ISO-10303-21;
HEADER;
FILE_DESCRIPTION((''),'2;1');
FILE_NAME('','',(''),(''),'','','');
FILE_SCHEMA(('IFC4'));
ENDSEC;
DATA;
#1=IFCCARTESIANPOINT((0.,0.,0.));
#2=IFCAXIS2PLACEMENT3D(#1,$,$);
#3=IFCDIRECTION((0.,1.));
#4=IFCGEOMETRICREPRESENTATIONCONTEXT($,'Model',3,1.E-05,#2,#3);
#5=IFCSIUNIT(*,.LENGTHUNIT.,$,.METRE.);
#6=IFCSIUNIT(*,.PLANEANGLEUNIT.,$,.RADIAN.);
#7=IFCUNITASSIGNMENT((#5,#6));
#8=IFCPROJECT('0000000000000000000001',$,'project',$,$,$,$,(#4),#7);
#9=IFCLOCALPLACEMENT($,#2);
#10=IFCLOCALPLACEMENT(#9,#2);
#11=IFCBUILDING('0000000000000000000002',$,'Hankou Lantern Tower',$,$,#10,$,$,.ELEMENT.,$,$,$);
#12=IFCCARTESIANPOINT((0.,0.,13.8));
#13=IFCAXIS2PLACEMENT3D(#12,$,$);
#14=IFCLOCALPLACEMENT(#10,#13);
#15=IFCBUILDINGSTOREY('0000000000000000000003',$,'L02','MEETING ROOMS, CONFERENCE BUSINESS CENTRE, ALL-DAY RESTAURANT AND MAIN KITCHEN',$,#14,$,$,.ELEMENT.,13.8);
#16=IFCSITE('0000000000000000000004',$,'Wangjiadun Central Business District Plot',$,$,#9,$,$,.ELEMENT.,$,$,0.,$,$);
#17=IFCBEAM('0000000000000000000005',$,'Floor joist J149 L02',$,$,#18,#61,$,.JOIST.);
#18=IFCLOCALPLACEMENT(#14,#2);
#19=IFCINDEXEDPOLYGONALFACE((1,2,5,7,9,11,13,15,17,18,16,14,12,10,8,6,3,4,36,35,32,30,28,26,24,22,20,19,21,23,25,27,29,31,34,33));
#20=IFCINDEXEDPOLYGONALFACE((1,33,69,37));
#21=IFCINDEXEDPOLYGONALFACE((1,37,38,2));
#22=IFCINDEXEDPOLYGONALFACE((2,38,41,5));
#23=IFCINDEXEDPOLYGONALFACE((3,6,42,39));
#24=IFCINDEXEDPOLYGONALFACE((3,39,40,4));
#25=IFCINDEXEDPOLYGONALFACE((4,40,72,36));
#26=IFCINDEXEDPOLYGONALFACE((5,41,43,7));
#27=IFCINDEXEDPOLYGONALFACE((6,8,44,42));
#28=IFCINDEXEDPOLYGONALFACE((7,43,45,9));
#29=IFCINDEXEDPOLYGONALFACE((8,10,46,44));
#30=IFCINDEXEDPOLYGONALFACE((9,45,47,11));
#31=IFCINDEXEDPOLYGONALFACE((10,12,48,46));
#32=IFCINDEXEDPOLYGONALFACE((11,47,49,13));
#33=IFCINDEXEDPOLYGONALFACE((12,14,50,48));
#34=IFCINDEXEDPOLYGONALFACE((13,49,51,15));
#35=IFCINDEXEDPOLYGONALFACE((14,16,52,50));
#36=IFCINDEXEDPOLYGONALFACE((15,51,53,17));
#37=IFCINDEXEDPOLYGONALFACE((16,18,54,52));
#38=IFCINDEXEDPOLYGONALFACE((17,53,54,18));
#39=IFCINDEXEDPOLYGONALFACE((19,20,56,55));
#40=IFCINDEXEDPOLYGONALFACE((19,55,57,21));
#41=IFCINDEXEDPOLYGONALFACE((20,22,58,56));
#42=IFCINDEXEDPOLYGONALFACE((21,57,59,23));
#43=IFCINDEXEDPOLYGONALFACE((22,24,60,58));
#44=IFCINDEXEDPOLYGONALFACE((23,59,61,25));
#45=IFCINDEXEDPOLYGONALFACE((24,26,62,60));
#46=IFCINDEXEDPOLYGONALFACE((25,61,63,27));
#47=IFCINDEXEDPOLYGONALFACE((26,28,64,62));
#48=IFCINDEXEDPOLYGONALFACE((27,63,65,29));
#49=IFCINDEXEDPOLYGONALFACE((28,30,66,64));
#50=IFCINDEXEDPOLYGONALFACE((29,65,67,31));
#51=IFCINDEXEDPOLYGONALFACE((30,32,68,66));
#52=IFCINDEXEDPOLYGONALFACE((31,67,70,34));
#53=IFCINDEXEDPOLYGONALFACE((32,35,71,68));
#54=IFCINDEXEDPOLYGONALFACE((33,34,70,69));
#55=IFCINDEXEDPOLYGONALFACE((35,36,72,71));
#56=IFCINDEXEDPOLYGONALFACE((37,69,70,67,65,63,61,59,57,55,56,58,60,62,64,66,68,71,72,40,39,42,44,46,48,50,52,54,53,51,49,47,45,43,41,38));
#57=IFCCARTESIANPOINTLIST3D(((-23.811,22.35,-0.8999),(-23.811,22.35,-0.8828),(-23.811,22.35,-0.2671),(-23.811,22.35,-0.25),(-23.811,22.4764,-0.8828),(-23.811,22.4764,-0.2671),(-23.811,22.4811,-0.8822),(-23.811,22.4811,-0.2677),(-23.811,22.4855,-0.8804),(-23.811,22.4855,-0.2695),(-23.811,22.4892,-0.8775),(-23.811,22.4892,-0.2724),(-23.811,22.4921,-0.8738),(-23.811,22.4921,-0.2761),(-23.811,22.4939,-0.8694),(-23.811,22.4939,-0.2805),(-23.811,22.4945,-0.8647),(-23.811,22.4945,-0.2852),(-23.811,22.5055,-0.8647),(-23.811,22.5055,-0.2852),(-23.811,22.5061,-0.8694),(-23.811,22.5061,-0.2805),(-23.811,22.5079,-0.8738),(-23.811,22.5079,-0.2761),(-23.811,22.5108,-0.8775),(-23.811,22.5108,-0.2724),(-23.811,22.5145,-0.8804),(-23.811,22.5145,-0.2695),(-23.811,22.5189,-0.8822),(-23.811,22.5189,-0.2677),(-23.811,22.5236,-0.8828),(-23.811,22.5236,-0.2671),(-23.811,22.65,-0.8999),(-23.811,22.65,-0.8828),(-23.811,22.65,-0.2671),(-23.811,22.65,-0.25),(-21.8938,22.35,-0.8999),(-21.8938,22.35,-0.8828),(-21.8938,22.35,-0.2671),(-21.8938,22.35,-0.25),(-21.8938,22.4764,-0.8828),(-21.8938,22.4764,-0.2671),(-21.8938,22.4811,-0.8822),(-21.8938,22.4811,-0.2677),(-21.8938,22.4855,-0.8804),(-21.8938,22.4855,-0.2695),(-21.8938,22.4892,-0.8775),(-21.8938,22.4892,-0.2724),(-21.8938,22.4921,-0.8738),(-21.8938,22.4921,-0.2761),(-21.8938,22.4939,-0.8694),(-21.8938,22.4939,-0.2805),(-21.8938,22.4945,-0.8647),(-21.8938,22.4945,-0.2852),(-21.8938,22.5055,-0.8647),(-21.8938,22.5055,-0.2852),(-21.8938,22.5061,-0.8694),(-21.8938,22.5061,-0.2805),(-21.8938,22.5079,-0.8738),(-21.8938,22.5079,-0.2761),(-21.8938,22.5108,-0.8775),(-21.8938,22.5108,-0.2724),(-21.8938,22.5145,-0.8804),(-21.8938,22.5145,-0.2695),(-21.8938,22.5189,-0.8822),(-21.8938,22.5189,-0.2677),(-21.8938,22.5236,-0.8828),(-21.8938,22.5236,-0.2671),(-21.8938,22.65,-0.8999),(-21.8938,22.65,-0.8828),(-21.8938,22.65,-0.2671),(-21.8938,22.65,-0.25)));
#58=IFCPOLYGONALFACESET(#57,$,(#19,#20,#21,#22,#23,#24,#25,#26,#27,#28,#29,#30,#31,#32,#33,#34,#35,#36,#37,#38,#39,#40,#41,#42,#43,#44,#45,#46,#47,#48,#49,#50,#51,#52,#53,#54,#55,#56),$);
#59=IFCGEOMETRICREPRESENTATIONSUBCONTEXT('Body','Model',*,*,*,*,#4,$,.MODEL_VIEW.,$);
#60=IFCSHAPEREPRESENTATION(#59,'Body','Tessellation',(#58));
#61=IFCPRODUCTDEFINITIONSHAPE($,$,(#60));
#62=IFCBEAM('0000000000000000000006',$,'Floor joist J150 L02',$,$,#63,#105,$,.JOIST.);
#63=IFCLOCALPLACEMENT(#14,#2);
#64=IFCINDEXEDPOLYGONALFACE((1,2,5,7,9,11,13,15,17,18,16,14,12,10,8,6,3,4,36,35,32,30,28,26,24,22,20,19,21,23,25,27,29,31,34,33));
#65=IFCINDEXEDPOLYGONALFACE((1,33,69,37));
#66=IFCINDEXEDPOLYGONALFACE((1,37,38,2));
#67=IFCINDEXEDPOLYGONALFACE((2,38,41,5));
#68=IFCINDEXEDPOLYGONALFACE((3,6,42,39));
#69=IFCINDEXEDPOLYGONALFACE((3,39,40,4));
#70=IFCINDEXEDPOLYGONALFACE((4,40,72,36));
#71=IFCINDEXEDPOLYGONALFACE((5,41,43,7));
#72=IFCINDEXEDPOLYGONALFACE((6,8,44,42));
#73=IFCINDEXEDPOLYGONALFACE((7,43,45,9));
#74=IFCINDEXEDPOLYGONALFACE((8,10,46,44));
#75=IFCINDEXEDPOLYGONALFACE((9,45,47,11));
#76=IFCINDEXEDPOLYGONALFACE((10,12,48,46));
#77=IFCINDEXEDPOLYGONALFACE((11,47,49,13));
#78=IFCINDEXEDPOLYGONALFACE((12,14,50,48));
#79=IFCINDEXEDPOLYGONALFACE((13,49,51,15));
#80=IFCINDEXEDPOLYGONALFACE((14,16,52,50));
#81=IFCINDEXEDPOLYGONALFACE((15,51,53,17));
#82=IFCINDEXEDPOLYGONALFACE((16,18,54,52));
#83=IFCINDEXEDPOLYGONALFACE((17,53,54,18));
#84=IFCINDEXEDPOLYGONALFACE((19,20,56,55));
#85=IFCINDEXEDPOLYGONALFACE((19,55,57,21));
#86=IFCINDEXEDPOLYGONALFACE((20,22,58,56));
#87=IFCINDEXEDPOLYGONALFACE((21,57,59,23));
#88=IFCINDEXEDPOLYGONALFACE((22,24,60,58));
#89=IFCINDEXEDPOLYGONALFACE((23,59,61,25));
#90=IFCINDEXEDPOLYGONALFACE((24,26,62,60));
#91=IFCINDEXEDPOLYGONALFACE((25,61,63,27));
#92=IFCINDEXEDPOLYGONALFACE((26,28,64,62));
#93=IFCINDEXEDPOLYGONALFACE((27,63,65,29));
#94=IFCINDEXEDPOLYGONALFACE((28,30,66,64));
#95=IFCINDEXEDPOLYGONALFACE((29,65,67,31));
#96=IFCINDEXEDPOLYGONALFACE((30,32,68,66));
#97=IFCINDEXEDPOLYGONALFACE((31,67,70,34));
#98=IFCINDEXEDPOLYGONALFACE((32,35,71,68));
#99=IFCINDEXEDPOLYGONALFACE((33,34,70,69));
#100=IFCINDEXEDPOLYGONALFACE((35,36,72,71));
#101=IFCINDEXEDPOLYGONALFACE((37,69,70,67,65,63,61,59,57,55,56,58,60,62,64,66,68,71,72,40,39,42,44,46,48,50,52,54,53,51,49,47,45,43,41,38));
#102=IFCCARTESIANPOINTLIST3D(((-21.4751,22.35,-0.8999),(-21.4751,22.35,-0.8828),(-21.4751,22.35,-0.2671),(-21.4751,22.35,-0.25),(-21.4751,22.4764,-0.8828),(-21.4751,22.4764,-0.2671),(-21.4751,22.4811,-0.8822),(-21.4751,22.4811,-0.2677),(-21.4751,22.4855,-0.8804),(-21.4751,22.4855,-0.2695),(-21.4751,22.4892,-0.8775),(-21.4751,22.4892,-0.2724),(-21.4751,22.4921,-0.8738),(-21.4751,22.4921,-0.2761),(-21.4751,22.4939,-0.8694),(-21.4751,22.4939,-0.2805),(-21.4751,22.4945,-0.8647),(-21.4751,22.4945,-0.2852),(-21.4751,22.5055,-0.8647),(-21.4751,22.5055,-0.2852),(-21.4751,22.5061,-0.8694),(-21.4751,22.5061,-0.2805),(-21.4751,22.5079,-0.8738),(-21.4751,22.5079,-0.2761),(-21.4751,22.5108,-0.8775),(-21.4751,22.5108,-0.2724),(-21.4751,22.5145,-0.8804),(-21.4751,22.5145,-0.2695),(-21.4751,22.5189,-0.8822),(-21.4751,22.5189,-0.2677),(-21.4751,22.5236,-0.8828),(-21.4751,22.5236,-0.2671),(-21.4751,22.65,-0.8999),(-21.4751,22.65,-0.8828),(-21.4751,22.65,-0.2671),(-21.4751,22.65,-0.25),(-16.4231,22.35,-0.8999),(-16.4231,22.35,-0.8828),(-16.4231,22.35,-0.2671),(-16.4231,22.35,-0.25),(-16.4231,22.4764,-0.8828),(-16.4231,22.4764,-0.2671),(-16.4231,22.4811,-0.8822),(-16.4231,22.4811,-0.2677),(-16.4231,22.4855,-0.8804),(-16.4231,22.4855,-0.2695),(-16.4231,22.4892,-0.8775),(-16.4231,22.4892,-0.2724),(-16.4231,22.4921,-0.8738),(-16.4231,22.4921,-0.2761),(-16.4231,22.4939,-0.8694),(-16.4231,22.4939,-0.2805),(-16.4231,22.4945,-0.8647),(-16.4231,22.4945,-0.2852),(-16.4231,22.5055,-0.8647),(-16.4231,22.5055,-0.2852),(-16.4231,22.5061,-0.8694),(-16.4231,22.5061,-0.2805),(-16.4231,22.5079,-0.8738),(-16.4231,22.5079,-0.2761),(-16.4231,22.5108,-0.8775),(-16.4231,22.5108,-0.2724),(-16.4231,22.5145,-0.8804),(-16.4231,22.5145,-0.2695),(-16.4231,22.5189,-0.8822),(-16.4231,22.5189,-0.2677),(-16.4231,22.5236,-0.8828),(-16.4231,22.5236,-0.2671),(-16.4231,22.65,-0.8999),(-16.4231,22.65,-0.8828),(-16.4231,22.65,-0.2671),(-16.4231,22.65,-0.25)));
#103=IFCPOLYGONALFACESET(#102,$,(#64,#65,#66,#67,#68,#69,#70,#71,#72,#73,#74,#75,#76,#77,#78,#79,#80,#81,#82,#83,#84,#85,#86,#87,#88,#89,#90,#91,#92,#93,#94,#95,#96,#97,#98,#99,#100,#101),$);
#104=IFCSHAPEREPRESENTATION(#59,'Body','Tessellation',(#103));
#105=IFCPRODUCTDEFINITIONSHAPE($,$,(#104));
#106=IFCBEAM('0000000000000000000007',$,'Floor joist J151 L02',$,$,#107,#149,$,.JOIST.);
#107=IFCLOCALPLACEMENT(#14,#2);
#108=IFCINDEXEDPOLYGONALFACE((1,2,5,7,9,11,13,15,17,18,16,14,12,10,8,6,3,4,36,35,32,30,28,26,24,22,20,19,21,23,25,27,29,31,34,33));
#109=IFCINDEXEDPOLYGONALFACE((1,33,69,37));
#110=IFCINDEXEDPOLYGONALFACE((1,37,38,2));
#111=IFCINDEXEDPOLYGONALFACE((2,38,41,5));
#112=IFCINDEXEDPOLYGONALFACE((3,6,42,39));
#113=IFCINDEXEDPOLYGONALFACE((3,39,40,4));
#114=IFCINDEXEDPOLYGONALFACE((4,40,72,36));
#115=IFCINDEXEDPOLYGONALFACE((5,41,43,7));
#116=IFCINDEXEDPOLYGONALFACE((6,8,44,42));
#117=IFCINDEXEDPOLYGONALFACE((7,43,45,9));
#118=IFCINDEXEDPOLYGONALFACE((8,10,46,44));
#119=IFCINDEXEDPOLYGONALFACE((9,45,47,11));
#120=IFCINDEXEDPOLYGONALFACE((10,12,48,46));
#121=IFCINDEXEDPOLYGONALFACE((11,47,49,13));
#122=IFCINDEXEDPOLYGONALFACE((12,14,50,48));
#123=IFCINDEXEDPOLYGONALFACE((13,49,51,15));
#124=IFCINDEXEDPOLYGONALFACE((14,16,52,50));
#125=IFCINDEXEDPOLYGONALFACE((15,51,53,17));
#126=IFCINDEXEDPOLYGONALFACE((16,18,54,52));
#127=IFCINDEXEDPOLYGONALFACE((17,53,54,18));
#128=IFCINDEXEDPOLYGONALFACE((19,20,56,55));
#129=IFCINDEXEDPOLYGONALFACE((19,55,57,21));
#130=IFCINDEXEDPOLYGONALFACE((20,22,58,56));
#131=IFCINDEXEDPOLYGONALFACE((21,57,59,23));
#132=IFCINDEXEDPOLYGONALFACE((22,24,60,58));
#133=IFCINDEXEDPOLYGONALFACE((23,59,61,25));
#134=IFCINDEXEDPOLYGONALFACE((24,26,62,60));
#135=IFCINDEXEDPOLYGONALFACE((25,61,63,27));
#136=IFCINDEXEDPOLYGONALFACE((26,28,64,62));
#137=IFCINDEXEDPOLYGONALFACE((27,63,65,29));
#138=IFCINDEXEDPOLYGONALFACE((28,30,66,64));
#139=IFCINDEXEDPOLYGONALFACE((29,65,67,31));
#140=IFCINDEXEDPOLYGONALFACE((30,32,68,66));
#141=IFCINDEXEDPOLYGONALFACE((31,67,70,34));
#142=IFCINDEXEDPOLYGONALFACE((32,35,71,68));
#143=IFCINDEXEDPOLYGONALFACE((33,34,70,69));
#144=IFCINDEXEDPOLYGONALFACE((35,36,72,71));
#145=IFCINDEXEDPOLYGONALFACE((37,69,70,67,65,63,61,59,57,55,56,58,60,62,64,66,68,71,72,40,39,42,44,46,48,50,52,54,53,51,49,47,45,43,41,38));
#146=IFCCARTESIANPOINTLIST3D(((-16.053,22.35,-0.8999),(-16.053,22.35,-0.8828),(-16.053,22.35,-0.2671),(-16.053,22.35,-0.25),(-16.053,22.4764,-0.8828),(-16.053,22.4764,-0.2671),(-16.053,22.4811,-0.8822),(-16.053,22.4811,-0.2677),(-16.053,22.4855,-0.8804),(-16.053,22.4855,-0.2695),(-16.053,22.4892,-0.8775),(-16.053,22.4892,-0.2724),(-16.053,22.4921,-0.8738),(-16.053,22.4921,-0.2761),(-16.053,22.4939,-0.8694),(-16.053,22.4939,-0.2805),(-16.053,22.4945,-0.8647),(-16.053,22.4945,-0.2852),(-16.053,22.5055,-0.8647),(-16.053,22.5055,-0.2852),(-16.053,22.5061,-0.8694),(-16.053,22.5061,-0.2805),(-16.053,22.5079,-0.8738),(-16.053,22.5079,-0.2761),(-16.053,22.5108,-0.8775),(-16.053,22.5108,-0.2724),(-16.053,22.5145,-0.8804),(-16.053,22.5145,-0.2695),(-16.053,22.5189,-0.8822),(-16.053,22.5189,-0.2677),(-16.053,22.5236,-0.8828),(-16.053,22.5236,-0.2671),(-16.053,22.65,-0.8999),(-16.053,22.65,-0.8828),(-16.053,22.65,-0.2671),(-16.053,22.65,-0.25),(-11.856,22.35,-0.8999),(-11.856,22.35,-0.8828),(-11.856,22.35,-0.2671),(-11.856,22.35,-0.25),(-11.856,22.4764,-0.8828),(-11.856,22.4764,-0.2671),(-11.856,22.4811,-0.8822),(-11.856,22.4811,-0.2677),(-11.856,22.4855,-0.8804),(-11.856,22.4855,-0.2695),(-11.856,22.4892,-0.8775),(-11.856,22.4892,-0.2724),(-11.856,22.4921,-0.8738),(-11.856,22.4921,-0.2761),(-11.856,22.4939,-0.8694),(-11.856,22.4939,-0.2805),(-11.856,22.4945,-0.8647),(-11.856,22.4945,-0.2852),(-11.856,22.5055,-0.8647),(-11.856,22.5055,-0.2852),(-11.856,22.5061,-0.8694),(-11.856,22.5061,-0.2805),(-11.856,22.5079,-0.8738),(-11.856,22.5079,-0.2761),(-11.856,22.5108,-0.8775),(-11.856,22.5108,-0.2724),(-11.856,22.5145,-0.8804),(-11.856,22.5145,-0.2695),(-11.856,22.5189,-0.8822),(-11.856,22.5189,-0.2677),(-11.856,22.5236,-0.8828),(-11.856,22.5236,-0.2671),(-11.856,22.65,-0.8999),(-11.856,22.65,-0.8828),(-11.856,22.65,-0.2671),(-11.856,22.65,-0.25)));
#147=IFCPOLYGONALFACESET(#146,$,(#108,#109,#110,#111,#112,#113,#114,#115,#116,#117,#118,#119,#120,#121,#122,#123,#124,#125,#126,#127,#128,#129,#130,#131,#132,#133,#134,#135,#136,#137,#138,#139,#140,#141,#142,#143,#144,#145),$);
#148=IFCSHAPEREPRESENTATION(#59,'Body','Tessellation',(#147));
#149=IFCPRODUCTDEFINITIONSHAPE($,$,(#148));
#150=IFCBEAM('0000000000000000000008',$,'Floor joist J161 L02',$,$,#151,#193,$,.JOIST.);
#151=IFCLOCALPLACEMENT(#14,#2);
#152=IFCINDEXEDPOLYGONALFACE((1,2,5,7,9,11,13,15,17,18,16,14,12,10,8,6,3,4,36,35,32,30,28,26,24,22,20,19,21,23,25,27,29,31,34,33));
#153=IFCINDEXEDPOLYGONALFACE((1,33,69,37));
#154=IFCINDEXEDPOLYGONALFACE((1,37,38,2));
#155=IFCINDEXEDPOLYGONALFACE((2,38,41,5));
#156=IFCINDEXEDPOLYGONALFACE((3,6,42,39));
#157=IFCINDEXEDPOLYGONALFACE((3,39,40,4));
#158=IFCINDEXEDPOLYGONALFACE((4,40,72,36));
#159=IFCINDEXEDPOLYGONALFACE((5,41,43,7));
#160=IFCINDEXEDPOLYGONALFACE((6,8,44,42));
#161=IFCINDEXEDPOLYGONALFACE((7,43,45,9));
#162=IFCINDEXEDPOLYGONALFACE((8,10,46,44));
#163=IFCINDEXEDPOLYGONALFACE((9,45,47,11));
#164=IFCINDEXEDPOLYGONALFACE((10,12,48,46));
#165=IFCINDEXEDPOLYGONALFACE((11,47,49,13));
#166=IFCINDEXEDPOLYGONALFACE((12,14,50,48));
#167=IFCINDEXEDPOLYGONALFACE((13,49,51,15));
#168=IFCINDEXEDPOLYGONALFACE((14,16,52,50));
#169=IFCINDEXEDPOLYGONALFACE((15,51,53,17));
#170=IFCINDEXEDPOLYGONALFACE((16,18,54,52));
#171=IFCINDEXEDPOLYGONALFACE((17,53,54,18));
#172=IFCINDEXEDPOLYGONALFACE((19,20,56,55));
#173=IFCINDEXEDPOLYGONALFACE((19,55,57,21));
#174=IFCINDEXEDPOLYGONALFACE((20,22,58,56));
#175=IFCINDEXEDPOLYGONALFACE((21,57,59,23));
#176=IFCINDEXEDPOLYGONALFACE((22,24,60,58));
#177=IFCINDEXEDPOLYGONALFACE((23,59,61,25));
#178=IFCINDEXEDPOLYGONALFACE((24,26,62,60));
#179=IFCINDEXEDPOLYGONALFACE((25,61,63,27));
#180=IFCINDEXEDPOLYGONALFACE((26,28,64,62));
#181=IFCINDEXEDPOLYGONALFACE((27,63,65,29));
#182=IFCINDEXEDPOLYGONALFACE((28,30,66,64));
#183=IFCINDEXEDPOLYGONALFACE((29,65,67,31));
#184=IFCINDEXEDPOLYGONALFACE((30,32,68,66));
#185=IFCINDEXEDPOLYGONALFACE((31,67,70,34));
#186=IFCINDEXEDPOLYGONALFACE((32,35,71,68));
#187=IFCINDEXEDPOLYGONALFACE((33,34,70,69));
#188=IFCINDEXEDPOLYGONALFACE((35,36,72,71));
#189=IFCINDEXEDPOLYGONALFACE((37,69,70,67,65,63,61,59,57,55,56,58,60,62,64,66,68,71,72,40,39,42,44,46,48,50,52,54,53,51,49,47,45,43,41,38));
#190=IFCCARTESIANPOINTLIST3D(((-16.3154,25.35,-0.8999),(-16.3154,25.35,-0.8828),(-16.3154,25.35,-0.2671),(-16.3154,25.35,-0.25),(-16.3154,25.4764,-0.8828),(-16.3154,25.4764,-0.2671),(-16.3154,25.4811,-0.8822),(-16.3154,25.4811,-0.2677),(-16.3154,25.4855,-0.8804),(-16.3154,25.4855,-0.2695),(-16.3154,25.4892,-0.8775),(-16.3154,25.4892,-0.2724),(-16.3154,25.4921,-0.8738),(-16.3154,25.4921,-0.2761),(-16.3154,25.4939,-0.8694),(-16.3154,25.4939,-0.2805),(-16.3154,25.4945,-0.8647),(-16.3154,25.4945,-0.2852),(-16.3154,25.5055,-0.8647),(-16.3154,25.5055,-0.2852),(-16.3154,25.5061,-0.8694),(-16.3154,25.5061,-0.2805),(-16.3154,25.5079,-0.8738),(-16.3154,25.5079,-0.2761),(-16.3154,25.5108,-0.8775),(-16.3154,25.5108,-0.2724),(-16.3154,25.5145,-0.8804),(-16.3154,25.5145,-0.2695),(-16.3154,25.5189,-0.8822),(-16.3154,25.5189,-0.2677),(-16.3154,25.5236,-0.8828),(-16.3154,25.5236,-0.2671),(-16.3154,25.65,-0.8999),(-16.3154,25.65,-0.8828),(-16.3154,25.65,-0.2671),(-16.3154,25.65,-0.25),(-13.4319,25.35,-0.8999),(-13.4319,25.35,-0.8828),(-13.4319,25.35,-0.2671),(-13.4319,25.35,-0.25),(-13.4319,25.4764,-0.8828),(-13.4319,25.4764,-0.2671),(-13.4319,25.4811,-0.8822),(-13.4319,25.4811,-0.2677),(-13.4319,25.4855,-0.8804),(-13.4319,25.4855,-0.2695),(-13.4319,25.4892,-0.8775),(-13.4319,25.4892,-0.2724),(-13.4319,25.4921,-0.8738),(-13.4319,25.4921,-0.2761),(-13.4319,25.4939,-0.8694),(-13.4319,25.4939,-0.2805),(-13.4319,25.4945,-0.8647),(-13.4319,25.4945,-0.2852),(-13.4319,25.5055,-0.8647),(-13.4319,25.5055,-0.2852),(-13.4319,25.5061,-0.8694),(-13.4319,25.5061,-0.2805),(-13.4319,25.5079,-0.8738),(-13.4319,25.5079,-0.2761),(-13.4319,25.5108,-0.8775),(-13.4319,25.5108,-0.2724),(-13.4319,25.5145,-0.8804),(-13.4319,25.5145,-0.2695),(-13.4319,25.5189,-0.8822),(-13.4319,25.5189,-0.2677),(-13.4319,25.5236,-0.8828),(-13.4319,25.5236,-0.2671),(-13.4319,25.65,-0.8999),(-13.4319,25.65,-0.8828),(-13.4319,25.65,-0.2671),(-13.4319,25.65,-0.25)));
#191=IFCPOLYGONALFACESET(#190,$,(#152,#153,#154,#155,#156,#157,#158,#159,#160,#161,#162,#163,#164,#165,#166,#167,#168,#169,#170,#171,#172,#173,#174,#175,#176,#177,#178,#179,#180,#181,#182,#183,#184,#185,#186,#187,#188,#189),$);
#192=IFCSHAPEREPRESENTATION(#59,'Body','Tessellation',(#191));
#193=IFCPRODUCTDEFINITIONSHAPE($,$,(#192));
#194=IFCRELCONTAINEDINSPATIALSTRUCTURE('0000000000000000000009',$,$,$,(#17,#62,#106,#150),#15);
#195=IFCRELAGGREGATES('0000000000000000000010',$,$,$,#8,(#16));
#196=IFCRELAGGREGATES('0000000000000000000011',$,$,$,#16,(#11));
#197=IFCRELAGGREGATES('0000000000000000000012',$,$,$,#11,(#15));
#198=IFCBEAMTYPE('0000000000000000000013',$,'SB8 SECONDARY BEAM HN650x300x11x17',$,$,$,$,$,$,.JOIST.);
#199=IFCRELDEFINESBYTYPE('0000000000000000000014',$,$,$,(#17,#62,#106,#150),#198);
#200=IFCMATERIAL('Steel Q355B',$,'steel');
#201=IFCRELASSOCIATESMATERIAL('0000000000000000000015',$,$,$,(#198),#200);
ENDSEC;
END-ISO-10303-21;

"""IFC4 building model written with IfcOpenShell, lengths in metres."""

from ifc_helpers import new_model, si_unit, direction, frame, origin, origin_2d, place, context, subcontext, project, spatial, i_section, extrude, material, material_profile, profile_set, type_object, element, save


model = new_model("IFC4")

# Units and contexts
model_context = context("Model", 3, precision=1e-05, world=origin(), true_north=direction((0.0, 1.0)))
body_context = subcontext(model_context, "Body", "Model", "MODEL_VIEW")
ifc_project = project(units=[si_unit("LENGTHUNIT", "METRE"), si_unit("PLANEANGLEUNIT", "RADIAN")], contexts=[model_context])

# Site, building, storey
site_placement = place(None, origin())
site = spatial("IfcSite", under=ifc_project, at=site_placement, Name="Wangjiadun Central Business District Plot", CompositionType="ELEMENT", RefElevation=0.0)
building_placement = place(site_placement, origin())
building = spatial("IfcBuilding", under=site, at=building_placement, Name="Hankou Lantern Tower", CompositionType="ELEMENT")
storey_placement = place(building_placement, frame((0.0, 0.0, 13.8)))
storey = spatial("IfcBuildingStorey", under=building, at=storey_placement, Name="L02", Description="MEETING ROOMS, CONFERENCE BUSINESS CENTRE, ALL-DAY RESTAURANT AND MAIN KITCHEN", CompositionType="ELEMENT", Elevation=13.8)

# Beams
ifc_material_1 = material(Name="Steel Q355B", Category="steel")
ifc_material_profile_1 = material_profile(ifc_material_1, i_section(OverallWidth=0.3, OverallDepth=0.6499, WebThickness=0.011, FlangeThickness=0.0171, FilletRadius=0.0181, at=origin_2d()), Name="HN650x300x11x17")
ifc_profile_set_1 = profile_set([ifc_material_profile_1], Name="Steel Q355B")
beam_type_1 = type_object("IfcBeamType", Name="SB8 SECONDARY BEAM HN650x300x11x17", PredefinedType="JOIST", material=ifc_profile_set_1)
beam_1_placement = place(storey_placement, frame((-23.811, 22.5, -0.575), z_axis=(1.0, 0.0, 0.0), x_axis=(0.0, 1.0, 0.0)))
element("IfcBeam", 1, at=beam_1_placement, inside=storey, type_object=beam_type_1, Name="Floor joist J149 L02", PredefinedType="JOIST", context=body_context, shape_type="SweptSolid", body=[
    extrude(i_section(OverallWidth=0.3, OverallDepth=0.6499, WebThickness=0.011, FlangeThickness=0.0171, FilletRadius=0.0181, at=origin_2d()), origin(), (0.0, 0.0, 1.0), 1.9172),
])
beam_2_placement = place(storey_placement, frame((-21.4751, 22.5, -0.575), z_axis=(1.0, 0.0, 0.0), x_axis=(0.0, 1.0, 0.0)))
element("IfcBeam", 2, at=beam_2_placement, inside=storey, type_object=beam_type_1, Name="Floor joist J150 L02", PredefinedType="JOIST", context=body_context, shape_type="SweptSolid", body=[
    extrude(i_section(OverallWidth=0.3, OverallDepth=0.6499, WebThickness=0.011, FlangeThickness=0.0171, FilletRadius=0.0181, at=origin_2d()), origin(), (0.0, 0.0, 1.0), 5.052),
])
beam_3_placement = place(storey_placement, frame((-16.053, 22.5, -0.575), z_axis=(1.0, 0.0, 0.0), x_axis=(0.0, 1.0, 0.0)))
element("IfcBeam", 3, at=beam_3_placement, inside=storey, type_object=beam_type_1, Name="Floor joist J151 L02", PredefinedType="JOIST", context=body_context, shape_type="SweptSolid", body=[
    extrude(i_section(OverallWidth=0.3, OverallDepth=0.6499, WebThickness=0.011, FlangeThickness=0.0171, FilletRadius=0.0181, at=origin_2d()), origin(), (0.0, 0.0, 1.0), 4.197),
])
beam_4_placement = place(storey_placement, frame((-16.3154, 25.5, -0.575), z_axis=(1.0, 0.0, 0.0), x_axis=(0.0, 1.0, 0.0)))
element("IfcBeam", 4, at=beam_4_placement, inside=storey, type_object=beam_type_1, Name="Floor joist J161 L02", PredefinedType="JOIST", context=body_context, shape_type="SweptSolid", body=[
    extrude(i_section(OverallWidth=0.3, OverallDepth=0.6499, WebThickness=0.011, FlangeThickness=0.0171, FilletRadius=0.0181, at=origin_2d()), origin(), (0.0, 0.0, 1.0), 2.8835),
])

save(model, "model.ifc")
